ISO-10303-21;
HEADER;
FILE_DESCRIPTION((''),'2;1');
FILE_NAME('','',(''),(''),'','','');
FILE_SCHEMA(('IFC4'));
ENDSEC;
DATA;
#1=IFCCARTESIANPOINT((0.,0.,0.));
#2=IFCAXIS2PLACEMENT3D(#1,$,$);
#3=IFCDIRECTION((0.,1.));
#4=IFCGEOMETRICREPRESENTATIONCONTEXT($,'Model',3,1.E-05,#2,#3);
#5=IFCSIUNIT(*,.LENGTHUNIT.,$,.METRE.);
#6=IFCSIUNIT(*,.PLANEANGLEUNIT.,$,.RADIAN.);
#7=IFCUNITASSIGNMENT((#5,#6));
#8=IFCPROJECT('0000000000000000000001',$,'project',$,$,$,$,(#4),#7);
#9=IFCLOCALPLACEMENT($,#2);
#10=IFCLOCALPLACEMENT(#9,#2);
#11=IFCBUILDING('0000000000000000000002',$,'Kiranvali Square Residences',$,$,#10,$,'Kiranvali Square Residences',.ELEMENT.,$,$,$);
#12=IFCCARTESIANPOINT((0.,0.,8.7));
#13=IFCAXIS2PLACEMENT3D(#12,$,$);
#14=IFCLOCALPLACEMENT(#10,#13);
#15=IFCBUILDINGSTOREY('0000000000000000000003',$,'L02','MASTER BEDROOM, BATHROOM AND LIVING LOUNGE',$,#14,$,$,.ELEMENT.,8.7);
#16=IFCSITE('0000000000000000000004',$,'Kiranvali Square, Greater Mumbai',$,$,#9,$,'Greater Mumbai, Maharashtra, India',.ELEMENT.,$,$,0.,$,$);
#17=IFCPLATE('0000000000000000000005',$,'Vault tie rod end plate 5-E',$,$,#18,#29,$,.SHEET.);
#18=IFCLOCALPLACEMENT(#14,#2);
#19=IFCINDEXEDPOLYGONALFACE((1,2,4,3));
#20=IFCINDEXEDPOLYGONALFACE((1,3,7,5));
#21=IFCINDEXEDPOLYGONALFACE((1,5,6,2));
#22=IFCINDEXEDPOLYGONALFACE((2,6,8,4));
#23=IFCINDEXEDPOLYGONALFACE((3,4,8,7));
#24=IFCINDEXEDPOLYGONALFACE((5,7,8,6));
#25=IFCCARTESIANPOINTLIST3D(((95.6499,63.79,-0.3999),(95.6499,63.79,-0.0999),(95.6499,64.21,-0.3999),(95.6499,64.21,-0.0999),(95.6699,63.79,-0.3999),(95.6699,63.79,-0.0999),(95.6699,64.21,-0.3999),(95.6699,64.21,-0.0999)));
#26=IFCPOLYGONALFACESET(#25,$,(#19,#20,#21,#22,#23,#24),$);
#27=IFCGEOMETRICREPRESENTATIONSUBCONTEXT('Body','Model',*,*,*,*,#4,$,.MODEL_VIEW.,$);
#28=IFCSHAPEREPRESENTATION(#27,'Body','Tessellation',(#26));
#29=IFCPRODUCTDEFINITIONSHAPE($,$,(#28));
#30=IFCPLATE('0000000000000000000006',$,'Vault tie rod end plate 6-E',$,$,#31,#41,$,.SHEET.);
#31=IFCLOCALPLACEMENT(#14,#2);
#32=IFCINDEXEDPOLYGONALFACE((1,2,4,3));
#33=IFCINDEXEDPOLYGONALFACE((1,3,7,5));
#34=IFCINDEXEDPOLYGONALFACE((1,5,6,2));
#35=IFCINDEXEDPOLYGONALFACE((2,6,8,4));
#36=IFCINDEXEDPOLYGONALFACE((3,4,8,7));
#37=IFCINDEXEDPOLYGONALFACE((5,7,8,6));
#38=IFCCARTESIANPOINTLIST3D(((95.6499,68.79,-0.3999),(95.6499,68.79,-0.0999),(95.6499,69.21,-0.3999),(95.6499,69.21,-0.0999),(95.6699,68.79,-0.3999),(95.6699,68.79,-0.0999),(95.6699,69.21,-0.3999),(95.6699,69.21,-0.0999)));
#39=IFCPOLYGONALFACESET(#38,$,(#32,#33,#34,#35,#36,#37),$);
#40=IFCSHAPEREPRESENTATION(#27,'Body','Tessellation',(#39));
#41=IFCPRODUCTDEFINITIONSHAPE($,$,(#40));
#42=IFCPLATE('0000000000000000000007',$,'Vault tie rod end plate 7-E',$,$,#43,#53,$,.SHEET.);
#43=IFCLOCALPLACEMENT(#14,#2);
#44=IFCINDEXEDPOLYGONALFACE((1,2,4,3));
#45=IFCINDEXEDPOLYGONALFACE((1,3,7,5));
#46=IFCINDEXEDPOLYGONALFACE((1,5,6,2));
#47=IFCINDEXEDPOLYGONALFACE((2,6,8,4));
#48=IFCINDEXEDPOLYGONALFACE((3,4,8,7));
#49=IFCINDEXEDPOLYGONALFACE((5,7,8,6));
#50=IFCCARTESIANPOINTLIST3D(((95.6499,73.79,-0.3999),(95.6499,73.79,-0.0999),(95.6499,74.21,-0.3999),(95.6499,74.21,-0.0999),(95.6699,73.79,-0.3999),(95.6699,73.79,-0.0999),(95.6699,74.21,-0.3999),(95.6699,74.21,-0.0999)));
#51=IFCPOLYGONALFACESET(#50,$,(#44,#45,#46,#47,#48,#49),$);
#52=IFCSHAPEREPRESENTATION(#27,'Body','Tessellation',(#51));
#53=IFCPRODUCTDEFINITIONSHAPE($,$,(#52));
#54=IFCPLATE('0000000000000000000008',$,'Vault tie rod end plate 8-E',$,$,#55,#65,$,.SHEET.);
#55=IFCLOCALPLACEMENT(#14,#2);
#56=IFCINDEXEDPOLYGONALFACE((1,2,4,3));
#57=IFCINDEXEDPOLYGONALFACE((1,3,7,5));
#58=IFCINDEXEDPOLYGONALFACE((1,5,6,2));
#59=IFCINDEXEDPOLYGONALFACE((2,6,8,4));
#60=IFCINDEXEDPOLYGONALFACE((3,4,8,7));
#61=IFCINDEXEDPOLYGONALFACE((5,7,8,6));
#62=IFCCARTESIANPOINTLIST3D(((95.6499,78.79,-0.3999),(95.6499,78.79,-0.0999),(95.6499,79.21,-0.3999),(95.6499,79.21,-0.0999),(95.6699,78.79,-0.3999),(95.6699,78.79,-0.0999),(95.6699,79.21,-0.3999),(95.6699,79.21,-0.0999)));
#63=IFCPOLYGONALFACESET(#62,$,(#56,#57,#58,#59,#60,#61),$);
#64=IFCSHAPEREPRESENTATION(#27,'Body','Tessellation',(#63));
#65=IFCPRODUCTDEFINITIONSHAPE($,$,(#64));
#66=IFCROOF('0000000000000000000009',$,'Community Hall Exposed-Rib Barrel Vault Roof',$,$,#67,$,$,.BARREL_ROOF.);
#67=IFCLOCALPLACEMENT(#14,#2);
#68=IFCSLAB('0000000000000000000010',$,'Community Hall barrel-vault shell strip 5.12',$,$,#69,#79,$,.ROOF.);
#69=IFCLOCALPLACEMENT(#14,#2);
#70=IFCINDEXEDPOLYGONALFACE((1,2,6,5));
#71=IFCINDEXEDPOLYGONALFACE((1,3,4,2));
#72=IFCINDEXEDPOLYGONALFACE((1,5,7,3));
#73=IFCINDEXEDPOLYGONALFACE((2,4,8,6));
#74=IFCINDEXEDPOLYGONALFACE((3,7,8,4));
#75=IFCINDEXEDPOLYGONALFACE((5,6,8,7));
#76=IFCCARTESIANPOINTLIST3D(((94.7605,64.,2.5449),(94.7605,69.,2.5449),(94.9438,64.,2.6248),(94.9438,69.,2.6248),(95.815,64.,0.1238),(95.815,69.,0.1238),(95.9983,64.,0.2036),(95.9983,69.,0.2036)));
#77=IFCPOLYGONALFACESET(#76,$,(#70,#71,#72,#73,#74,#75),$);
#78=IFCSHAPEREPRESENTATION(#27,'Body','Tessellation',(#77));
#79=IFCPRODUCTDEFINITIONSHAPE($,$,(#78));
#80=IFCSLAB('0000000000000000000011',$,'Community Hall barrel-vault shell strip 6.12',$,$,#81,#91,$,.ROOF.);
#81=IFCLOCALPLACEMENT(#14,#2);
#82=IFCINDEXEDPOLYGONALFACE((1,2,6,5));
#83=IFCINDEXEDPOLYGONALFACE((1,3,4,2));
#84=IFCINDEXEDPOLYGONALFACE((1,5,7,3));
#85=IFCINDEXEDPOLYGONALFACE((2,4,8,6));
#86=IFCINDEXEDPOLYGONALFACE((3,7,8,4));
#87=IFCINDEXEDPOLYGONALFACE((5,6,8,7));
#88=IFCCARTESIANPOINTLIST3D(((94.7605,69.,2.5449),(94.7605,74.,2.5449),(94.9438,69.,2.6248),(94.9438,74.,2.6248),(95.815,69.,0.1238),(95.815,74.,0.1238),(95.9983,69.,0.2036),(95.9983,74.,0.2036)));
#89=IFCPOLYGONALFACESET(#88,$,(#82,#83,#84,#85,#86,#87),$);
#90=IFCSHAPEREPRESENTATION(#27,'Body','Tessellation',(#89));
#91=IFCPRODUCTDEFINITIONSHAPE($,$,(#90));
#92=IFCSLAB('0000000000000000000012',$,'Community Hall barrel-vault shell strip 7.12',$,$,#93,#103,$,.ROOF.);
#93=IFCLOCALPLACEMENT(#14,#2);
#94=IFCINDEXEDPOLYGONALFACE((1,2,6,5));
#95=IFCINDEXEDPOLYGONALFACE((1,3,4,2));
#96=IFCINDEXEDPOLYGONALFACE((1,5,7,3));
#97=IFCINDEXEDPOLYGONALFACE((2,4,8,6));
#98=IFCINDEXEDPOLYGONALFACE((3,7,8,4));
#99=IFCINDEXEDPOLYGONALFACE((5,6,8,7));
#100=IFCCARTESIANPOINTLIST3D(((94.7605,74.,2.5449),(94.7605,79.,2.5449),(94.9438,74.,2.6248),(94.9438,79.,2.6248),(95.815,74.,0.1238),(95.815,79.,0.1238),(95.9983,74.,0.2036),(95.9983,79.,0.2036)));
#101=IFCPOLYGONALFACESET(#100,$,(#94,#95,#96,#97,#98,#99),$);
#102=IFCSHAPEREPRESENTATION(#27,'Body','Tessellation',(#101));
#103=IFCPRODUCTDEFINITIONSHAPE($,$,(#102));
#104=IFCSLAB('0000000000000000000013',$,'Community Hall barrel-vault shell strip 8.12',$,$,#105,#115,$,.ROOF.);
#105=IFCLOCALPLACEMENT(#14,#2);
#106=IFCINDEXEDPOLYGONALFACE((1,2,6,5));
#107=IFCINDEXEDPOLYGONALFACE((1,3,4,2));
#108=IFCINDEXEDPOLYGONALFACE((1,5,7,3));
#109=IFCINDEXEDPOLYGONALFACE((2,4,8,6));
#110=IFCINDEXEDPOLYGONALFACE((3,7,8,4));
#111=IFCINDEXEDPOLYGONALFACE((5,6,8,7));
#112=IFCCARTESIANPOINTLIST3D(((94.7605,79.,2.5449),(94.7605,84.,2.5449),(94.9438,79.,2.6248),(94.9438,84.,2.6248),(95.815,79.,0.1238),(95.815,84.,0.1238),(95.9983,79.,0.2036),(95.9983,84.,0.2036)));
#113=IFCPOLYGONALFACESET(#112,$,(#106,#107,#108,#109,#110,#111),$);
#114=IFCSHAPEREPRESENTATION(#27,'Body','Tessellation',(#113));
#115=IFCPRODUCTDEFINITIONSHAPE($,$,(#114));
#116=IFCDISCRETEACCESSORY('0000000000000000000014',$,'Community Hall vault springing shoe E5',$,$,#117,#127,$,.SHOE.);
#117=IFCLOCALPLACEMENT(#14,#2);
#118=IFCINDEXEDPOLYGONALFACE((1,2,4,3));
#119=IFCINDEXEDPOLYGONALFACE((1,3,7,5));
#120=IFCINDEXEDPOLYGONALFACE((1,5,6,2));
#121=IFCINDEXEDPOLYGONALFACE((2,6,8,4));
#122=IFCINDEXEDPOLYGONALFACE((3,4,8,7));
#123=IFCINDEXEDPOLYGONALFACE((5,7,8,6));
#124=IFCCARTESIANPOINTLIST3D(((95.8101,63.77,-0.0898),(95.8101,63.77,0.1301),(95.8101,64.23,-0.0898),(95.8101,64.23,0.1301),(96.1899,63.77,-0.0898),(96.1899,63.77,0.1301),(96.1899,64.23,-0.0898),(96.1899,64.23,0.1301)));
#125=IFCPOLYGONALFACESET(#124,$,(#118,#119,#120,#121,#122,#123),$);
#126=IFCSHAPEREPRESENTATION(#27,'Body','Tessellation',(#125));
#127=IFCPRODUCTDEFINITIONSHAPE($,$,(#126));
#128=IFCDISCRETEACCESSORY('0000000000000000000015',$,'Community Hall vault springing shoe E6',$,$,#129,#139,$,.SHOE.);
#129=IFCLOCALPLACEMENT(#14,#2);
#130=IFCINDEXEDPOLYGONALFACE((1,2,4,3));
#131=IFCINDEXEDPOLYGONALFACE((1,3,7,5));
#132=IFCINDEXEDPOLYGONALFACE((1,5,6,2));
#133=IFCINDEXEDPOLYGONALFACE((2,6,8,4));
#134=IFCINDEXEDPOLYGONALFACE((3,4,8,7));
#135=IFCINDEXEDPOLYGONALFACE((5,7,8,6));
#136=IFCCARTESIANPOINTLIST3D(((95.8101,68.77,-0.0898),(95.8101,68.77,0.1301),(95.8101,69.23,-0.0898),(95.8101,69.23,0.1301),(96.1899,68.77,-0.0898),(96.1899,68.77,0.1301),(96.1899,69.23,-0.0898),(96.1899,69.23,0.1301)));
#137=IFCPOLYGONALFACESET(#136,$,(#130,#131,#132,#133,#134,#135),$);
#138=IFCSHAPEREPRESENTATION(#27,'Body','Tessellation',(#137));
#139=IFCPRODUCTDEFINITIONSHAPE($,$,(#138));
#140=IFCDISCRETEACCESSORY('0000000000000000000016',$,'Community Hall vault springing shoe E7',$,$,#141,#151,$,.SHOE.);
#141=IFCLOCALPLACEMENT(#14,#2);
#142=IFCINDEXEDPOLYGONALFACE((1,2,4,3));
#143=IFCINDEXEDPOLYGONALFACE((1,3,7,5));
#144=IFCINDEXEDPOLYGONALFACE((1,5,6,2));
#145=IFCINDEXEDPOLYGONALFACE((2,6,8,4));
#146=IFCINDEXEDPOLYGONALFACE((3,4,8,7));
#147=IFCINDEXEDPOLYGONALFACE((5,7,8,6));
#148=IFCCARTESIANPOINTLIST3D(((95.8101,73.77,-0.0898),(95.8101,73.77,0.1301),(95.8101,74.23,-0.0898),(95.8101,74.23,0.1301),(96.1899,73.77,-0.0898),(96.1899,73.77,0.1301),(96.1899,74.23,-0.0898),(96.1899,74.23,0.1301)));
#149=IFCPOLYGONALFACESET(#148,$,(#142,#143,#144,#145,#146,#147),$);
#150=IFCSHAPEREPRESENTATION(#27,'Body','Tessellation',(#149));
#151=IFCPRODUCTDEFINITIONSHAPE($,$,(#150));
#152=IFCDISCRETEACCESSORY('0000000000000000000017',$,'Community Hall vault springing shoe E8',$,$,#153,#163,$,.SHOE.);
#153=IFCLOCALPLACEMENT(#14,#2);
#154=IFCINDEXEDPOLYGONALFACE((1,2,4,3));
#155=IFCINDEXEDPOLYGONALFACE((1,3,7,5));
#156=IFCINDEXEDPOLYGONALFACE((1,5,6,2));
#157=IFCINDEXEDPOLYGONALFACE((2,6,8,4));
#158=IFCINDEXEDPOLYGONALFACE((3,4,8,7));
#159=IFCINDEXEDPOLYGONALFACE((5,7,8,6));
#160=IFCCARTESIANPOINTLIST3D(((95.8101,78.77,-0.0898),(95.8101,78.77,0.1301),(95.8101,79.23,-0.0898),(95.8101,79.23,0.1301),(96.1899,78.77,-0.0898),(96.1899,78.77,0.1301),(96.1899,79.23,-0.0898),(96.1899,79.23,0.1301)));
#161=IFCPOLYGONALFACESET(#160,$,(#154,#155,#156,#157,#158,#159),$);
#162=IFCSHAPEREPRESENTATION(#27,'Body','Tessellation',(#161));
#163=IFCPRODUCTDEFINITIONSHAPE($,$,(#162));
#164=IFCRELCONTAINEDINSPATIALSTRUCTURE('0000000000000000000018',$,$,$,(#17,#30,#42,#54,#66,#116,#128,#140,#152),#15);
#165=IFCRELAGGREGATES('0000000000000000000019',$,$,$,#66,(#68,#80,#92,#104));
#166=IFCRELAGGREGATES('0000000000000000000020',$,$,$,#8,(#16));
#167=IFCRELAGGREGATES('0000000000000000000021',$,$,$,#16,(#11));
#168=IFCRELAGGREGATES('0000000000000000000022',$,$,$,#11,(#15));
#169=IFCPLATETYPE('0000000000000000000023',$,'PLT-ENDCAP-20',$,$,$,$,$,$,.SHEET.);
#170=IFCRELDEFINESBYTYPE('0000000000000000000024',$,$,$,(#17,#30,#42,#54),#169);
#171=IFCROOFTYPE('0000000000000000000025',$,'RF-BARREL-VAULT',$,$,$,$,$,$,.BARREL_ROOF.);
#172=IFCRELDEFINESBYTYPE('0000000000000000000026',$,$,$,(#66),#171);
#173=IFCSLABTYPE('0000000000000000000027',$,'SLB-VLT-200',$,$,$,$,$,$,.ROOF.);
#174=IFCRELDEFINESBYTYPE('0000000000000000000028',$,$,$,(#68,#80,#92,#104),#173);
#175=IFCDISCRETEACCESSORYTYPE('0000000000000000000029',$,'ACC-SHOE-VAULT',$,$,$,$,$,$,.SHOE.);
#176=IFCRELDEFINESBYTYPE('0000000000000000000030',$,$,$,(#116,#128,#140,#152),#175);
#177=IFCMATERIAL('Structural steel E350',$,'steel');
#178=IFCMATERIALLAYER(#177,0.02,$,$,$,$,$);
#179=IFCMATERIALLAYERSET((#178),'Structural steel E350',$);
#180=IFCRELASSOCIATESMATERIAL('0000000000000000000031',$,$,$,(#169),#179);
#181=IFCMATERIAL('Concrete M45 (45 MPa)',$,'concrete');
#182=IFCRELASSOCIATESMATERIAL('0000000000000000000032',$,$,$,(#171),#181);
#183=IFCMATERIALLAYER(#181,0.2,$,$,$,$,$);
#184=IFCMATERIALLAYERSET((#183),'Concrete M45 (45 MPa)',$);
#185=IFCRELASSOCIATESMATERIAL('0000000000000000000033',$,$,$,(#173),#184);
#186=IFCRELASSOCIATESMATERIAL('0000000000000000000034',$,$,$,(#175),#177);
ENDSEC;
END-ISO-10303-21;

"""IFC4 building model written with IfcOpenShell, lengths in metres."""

from ifc_helpers import new_model, si_unit, direction, frame, origin, origin_2d, place, context, subcontext, project, spatial, polyline, rectangle, outline, extrude, material, layer, layer_set, type_object, element, aggregate, save


model = new_model("IFC4")

# Units and contexts
model_context = context("Model", 3, precision=1e-05, world=origin(), true_north=direction((0.0, 1.0)))
body_context = subcontext(model_context, "Body", "Model", "MODEL_VIEW")
ifc_project = project(units=[si_unit("LENGTHUNIT", "METRE"), si_unit("PLANEANGLEUNIT", "RADIAN")], contexts=[model_context])

# Site, building, storey
site_placement = place(None, origin())
site = spatial("IfcSite", under=ifc_project, at=site_placement, Name="Kiranvali Square, Greater Mumbai", LongName="Greater Mumbai, Maharashtra, India", CompositionType="ELEMENT", RefElevation=0.0)
building_placement = place(site_placement, origin())
building = spatial("IfcBuilding", under=site, at=building_placement, Name="Kiranvali Square Residences", LongName="Kiranvali Square Residences", CompositionType="ELEMENT")
storey_placement = place(building_placement, frame((0.0, 0.0, 8.7)))
storey = spatial("IfcBuildingStorey", under=building, at=storey_placement, Name="L02", Description="MASTER BEDROOM, BATHROOM AND LIVING LOUNGE", CompositionType="ELEMENT", Elevation=8.7)

# Shared definitions
ifc_material_1 = material(Name="Structural steel E350", Category="steel")
ifc_material_2 = material(Name="Concrete M45 (45 MPa)", Category="concrete")

# Plates
ifc_layer_1 = layer(ifc_material_1, 0.02)
ifc_layer_set_1 = layer_set([ifc_layer_1], Name="Structural steel E350")
plate_type = type_object("IfcPlateType", Name="PLT-ENDCAP-20", PredefinedType="SHEET", material=ifc_layer_set_1)
for number, where, z_axis, x_axis, name in (
    (1, (95.6599, 64.0, -0.3999), (0.0, 0.0, 1.0), (1.0, 0.0, 0.0), "Vault tie rod end plate 5-E"),
    (2, (95.6599, 69.0, -0.3999), (0.0, 0.0, 1.0), (1.0, 0.0, 0.0), "Vault tie rod end plate 6-E"),
    (3, (95.6599, 74.0, -0.3999), (0.0, 0.0, 1.0), (1.0, 0.0, 0.0), "Vault tie rod end plate 7-E"),
    (4, (95.6599, 79.0, -0.3999), (0.0, 0.0, 1.0), (1.0, 0.0, 0.0), "Vault tie rod end plate 8-E"),
):
    element("IfcPlate", number, at=place(storey_placement, frame(where, z_axis=z_axis, x_axis=x_axis)), inside=storey, type_object=plate_type, Name=name, PredefinedType="SHEET", context=body_context, shape_type="SweptSolid", body=[
        extrude(rectangle(XDim=0.02, YDim=0.4199, at=origin_2d()), origin(), (0.0, 0.0, 1.0), 0.3),
    ])

# Roof, slabs
roof_type = type_object("IfcRoofType", Name="RF-BARREL-VAULT", PredefinedType="BARREL_ROOF", material=ifc_material_2)
roof_placement = place(storey_placement, origin())
roof = element("IfcRoof", 5, at=roof_placement, inside=storey, type_object=roof_type, Name="Community Hall Exposed-Rib Barrel Vault Roof", PredefinedType="BARREL_ROOF")
ifc_layer_2 = layer(ifc_material_2, 0.2)
ifc_layer_set_2 = layer_set([ifc_layer_2], Name="Concrete M45 (45 MPa)")
slab_type = type_object("IfcSlabType", Name="SLB-VLT-200", PredefinedType="ROOF", material=ifc_layer_set_2)
slab_1_placement = place(storey_placement, frame((94.9438, 64.0, 2.6248), z_axis=(0.916824, 0.0, 0.399291), x_axis=(0.399291, 0.0, -0.916824)))
slab_1 = element("IfcSlab", 6, at=slab_1_placement, type_object=slab_type, Name="Community Hall barrel-vault shell strip 5.12", PredefinedType="ROOF", context=body_context, shape_type="SweptSolid", body=[
    extrude(outline(polyline([(0.0, 0.0), (2.6408, 0.0), (2.6408, 5.0), (0.0, 5.0), (0.0, 0.0)])), origin(), (0.0, 0.0, -1.0), 0.2),
])
slab_2_placement = place(storey_placement, frame((94.9438, 69.0, 2.6248), z_axis=(0.916824, 0.0, 0.399291), x_axis=(0.399291, 0.0, -0.916824)))
slab_2 = element("IfcSlab", 7, at=slab_2_placement, type_object=slab_type, Name="Community Hall barrel-vault shell strip 6.12", PredefinedType="ROOF", context=body_context, shape_type="SweptSolid", body=[
    extrude(outline(polyline([(0.0, 0.0), (2.6408, 0.0), (2.6408, 5.0), (0.0, 5.0), (0.0, 0.0)])), origin(), (0.0, 0.0, -1.0), 0.2),
])
slab_3_placement = place(storey_placement, frame((94.9438, 74.0, 2.6248), z_axis=(0.916824, 0.0, 0.399291), x_axis=(0.399291, 0.0, -0.916824)))
slab_3 = element("IfcSlab", 8, at=slab_3_placement, type_object=slab_type, Name="Community Hall barrel-vault shell strip 7.12", PredefinedType="ROOF", context=body_context, shape_type="SweptSolid", body=[
    extrude(outline(polyline([(0.0, 0.0), (2.6408, 0.0), (2.6408, 5.0), (0.0, 5.0), (0.0, 0.0)])), origin(), (0.0, 0.0, -1.0), 0.2),
])
slab_4_placement = place(storey_placement, frame((94.9438, 79.0, 2.6248), z_axis=(0.916824, 0.0, 0.399291), x_axis=(0.399291, 0.0, -0.916824)))
slab_4 = element("IfcSlab", 9, at=slab_4_placement, type_object=slab_type, Name="Community Hall barrel-vault shell strip 8.12", PredefinedType="ROOF", context=body_context, shape_type="SweptSolid", body=[
    extrude(outline(polyline([(0.0, 0.0), (2.6408, 0.0), (2.6408, 5.0), (0.0, 5.0), (0.0, 0.0)])), origin(), (0.0, 0.0, -1.0), 0.2),
])
aggregate(roof, [slab_1, slab_2, slab_3, slab_4])

# Discrete accessories
discrete_accessory_type = type_object("IfcDiscreteAccessoryType", Name="ACC-SHOE-VAULT", PredefinedType="SHOE", material=ifc_material_1)
for number, where, z_axis, x_axis, name in (
    (10, (96.0, 64.0, -0.0898), (0.0, 0.0, 1.0), (1.0, 0.0, 0.0), "Community Hall vault springing shoe E5"),
    (11, (96.0, 69.0, -0.0898), (0.0, 0.0, 1.0), (1.0, 0.0, 0.0), "Community Hall vault springing shoe E6"),
    (12, (96.0, 74.0, -0.0898), (0.0, 0.0, 1.0), (1.0, 0.0, 0.0), "Community Hall vault springing shoe E7"),
    (13, (96.0, 79.0, -0.0898), (0.0, 0.0, 1.0), (1.0, 0.0, 0.0), "Community Hall vault springing shoe E8"),
):
    element("IfcDiscreteAccessory", number, at=place(storey_placement, frame(where, z_axis=z_axis, x_axis=x_axis)), inside=storey, type_object=discrete_accessory_type, Name=name, PredefinedType="SHOE", context=body_context, shape_type="SweptSolid", body=[
        extrude(rectangle(XDim=0.3799, YDim=0.46, at=origin_2d()), origin(), (0.0, 0.0, 1.0), 0.22),
    ])

save(model, "model.ifc")
